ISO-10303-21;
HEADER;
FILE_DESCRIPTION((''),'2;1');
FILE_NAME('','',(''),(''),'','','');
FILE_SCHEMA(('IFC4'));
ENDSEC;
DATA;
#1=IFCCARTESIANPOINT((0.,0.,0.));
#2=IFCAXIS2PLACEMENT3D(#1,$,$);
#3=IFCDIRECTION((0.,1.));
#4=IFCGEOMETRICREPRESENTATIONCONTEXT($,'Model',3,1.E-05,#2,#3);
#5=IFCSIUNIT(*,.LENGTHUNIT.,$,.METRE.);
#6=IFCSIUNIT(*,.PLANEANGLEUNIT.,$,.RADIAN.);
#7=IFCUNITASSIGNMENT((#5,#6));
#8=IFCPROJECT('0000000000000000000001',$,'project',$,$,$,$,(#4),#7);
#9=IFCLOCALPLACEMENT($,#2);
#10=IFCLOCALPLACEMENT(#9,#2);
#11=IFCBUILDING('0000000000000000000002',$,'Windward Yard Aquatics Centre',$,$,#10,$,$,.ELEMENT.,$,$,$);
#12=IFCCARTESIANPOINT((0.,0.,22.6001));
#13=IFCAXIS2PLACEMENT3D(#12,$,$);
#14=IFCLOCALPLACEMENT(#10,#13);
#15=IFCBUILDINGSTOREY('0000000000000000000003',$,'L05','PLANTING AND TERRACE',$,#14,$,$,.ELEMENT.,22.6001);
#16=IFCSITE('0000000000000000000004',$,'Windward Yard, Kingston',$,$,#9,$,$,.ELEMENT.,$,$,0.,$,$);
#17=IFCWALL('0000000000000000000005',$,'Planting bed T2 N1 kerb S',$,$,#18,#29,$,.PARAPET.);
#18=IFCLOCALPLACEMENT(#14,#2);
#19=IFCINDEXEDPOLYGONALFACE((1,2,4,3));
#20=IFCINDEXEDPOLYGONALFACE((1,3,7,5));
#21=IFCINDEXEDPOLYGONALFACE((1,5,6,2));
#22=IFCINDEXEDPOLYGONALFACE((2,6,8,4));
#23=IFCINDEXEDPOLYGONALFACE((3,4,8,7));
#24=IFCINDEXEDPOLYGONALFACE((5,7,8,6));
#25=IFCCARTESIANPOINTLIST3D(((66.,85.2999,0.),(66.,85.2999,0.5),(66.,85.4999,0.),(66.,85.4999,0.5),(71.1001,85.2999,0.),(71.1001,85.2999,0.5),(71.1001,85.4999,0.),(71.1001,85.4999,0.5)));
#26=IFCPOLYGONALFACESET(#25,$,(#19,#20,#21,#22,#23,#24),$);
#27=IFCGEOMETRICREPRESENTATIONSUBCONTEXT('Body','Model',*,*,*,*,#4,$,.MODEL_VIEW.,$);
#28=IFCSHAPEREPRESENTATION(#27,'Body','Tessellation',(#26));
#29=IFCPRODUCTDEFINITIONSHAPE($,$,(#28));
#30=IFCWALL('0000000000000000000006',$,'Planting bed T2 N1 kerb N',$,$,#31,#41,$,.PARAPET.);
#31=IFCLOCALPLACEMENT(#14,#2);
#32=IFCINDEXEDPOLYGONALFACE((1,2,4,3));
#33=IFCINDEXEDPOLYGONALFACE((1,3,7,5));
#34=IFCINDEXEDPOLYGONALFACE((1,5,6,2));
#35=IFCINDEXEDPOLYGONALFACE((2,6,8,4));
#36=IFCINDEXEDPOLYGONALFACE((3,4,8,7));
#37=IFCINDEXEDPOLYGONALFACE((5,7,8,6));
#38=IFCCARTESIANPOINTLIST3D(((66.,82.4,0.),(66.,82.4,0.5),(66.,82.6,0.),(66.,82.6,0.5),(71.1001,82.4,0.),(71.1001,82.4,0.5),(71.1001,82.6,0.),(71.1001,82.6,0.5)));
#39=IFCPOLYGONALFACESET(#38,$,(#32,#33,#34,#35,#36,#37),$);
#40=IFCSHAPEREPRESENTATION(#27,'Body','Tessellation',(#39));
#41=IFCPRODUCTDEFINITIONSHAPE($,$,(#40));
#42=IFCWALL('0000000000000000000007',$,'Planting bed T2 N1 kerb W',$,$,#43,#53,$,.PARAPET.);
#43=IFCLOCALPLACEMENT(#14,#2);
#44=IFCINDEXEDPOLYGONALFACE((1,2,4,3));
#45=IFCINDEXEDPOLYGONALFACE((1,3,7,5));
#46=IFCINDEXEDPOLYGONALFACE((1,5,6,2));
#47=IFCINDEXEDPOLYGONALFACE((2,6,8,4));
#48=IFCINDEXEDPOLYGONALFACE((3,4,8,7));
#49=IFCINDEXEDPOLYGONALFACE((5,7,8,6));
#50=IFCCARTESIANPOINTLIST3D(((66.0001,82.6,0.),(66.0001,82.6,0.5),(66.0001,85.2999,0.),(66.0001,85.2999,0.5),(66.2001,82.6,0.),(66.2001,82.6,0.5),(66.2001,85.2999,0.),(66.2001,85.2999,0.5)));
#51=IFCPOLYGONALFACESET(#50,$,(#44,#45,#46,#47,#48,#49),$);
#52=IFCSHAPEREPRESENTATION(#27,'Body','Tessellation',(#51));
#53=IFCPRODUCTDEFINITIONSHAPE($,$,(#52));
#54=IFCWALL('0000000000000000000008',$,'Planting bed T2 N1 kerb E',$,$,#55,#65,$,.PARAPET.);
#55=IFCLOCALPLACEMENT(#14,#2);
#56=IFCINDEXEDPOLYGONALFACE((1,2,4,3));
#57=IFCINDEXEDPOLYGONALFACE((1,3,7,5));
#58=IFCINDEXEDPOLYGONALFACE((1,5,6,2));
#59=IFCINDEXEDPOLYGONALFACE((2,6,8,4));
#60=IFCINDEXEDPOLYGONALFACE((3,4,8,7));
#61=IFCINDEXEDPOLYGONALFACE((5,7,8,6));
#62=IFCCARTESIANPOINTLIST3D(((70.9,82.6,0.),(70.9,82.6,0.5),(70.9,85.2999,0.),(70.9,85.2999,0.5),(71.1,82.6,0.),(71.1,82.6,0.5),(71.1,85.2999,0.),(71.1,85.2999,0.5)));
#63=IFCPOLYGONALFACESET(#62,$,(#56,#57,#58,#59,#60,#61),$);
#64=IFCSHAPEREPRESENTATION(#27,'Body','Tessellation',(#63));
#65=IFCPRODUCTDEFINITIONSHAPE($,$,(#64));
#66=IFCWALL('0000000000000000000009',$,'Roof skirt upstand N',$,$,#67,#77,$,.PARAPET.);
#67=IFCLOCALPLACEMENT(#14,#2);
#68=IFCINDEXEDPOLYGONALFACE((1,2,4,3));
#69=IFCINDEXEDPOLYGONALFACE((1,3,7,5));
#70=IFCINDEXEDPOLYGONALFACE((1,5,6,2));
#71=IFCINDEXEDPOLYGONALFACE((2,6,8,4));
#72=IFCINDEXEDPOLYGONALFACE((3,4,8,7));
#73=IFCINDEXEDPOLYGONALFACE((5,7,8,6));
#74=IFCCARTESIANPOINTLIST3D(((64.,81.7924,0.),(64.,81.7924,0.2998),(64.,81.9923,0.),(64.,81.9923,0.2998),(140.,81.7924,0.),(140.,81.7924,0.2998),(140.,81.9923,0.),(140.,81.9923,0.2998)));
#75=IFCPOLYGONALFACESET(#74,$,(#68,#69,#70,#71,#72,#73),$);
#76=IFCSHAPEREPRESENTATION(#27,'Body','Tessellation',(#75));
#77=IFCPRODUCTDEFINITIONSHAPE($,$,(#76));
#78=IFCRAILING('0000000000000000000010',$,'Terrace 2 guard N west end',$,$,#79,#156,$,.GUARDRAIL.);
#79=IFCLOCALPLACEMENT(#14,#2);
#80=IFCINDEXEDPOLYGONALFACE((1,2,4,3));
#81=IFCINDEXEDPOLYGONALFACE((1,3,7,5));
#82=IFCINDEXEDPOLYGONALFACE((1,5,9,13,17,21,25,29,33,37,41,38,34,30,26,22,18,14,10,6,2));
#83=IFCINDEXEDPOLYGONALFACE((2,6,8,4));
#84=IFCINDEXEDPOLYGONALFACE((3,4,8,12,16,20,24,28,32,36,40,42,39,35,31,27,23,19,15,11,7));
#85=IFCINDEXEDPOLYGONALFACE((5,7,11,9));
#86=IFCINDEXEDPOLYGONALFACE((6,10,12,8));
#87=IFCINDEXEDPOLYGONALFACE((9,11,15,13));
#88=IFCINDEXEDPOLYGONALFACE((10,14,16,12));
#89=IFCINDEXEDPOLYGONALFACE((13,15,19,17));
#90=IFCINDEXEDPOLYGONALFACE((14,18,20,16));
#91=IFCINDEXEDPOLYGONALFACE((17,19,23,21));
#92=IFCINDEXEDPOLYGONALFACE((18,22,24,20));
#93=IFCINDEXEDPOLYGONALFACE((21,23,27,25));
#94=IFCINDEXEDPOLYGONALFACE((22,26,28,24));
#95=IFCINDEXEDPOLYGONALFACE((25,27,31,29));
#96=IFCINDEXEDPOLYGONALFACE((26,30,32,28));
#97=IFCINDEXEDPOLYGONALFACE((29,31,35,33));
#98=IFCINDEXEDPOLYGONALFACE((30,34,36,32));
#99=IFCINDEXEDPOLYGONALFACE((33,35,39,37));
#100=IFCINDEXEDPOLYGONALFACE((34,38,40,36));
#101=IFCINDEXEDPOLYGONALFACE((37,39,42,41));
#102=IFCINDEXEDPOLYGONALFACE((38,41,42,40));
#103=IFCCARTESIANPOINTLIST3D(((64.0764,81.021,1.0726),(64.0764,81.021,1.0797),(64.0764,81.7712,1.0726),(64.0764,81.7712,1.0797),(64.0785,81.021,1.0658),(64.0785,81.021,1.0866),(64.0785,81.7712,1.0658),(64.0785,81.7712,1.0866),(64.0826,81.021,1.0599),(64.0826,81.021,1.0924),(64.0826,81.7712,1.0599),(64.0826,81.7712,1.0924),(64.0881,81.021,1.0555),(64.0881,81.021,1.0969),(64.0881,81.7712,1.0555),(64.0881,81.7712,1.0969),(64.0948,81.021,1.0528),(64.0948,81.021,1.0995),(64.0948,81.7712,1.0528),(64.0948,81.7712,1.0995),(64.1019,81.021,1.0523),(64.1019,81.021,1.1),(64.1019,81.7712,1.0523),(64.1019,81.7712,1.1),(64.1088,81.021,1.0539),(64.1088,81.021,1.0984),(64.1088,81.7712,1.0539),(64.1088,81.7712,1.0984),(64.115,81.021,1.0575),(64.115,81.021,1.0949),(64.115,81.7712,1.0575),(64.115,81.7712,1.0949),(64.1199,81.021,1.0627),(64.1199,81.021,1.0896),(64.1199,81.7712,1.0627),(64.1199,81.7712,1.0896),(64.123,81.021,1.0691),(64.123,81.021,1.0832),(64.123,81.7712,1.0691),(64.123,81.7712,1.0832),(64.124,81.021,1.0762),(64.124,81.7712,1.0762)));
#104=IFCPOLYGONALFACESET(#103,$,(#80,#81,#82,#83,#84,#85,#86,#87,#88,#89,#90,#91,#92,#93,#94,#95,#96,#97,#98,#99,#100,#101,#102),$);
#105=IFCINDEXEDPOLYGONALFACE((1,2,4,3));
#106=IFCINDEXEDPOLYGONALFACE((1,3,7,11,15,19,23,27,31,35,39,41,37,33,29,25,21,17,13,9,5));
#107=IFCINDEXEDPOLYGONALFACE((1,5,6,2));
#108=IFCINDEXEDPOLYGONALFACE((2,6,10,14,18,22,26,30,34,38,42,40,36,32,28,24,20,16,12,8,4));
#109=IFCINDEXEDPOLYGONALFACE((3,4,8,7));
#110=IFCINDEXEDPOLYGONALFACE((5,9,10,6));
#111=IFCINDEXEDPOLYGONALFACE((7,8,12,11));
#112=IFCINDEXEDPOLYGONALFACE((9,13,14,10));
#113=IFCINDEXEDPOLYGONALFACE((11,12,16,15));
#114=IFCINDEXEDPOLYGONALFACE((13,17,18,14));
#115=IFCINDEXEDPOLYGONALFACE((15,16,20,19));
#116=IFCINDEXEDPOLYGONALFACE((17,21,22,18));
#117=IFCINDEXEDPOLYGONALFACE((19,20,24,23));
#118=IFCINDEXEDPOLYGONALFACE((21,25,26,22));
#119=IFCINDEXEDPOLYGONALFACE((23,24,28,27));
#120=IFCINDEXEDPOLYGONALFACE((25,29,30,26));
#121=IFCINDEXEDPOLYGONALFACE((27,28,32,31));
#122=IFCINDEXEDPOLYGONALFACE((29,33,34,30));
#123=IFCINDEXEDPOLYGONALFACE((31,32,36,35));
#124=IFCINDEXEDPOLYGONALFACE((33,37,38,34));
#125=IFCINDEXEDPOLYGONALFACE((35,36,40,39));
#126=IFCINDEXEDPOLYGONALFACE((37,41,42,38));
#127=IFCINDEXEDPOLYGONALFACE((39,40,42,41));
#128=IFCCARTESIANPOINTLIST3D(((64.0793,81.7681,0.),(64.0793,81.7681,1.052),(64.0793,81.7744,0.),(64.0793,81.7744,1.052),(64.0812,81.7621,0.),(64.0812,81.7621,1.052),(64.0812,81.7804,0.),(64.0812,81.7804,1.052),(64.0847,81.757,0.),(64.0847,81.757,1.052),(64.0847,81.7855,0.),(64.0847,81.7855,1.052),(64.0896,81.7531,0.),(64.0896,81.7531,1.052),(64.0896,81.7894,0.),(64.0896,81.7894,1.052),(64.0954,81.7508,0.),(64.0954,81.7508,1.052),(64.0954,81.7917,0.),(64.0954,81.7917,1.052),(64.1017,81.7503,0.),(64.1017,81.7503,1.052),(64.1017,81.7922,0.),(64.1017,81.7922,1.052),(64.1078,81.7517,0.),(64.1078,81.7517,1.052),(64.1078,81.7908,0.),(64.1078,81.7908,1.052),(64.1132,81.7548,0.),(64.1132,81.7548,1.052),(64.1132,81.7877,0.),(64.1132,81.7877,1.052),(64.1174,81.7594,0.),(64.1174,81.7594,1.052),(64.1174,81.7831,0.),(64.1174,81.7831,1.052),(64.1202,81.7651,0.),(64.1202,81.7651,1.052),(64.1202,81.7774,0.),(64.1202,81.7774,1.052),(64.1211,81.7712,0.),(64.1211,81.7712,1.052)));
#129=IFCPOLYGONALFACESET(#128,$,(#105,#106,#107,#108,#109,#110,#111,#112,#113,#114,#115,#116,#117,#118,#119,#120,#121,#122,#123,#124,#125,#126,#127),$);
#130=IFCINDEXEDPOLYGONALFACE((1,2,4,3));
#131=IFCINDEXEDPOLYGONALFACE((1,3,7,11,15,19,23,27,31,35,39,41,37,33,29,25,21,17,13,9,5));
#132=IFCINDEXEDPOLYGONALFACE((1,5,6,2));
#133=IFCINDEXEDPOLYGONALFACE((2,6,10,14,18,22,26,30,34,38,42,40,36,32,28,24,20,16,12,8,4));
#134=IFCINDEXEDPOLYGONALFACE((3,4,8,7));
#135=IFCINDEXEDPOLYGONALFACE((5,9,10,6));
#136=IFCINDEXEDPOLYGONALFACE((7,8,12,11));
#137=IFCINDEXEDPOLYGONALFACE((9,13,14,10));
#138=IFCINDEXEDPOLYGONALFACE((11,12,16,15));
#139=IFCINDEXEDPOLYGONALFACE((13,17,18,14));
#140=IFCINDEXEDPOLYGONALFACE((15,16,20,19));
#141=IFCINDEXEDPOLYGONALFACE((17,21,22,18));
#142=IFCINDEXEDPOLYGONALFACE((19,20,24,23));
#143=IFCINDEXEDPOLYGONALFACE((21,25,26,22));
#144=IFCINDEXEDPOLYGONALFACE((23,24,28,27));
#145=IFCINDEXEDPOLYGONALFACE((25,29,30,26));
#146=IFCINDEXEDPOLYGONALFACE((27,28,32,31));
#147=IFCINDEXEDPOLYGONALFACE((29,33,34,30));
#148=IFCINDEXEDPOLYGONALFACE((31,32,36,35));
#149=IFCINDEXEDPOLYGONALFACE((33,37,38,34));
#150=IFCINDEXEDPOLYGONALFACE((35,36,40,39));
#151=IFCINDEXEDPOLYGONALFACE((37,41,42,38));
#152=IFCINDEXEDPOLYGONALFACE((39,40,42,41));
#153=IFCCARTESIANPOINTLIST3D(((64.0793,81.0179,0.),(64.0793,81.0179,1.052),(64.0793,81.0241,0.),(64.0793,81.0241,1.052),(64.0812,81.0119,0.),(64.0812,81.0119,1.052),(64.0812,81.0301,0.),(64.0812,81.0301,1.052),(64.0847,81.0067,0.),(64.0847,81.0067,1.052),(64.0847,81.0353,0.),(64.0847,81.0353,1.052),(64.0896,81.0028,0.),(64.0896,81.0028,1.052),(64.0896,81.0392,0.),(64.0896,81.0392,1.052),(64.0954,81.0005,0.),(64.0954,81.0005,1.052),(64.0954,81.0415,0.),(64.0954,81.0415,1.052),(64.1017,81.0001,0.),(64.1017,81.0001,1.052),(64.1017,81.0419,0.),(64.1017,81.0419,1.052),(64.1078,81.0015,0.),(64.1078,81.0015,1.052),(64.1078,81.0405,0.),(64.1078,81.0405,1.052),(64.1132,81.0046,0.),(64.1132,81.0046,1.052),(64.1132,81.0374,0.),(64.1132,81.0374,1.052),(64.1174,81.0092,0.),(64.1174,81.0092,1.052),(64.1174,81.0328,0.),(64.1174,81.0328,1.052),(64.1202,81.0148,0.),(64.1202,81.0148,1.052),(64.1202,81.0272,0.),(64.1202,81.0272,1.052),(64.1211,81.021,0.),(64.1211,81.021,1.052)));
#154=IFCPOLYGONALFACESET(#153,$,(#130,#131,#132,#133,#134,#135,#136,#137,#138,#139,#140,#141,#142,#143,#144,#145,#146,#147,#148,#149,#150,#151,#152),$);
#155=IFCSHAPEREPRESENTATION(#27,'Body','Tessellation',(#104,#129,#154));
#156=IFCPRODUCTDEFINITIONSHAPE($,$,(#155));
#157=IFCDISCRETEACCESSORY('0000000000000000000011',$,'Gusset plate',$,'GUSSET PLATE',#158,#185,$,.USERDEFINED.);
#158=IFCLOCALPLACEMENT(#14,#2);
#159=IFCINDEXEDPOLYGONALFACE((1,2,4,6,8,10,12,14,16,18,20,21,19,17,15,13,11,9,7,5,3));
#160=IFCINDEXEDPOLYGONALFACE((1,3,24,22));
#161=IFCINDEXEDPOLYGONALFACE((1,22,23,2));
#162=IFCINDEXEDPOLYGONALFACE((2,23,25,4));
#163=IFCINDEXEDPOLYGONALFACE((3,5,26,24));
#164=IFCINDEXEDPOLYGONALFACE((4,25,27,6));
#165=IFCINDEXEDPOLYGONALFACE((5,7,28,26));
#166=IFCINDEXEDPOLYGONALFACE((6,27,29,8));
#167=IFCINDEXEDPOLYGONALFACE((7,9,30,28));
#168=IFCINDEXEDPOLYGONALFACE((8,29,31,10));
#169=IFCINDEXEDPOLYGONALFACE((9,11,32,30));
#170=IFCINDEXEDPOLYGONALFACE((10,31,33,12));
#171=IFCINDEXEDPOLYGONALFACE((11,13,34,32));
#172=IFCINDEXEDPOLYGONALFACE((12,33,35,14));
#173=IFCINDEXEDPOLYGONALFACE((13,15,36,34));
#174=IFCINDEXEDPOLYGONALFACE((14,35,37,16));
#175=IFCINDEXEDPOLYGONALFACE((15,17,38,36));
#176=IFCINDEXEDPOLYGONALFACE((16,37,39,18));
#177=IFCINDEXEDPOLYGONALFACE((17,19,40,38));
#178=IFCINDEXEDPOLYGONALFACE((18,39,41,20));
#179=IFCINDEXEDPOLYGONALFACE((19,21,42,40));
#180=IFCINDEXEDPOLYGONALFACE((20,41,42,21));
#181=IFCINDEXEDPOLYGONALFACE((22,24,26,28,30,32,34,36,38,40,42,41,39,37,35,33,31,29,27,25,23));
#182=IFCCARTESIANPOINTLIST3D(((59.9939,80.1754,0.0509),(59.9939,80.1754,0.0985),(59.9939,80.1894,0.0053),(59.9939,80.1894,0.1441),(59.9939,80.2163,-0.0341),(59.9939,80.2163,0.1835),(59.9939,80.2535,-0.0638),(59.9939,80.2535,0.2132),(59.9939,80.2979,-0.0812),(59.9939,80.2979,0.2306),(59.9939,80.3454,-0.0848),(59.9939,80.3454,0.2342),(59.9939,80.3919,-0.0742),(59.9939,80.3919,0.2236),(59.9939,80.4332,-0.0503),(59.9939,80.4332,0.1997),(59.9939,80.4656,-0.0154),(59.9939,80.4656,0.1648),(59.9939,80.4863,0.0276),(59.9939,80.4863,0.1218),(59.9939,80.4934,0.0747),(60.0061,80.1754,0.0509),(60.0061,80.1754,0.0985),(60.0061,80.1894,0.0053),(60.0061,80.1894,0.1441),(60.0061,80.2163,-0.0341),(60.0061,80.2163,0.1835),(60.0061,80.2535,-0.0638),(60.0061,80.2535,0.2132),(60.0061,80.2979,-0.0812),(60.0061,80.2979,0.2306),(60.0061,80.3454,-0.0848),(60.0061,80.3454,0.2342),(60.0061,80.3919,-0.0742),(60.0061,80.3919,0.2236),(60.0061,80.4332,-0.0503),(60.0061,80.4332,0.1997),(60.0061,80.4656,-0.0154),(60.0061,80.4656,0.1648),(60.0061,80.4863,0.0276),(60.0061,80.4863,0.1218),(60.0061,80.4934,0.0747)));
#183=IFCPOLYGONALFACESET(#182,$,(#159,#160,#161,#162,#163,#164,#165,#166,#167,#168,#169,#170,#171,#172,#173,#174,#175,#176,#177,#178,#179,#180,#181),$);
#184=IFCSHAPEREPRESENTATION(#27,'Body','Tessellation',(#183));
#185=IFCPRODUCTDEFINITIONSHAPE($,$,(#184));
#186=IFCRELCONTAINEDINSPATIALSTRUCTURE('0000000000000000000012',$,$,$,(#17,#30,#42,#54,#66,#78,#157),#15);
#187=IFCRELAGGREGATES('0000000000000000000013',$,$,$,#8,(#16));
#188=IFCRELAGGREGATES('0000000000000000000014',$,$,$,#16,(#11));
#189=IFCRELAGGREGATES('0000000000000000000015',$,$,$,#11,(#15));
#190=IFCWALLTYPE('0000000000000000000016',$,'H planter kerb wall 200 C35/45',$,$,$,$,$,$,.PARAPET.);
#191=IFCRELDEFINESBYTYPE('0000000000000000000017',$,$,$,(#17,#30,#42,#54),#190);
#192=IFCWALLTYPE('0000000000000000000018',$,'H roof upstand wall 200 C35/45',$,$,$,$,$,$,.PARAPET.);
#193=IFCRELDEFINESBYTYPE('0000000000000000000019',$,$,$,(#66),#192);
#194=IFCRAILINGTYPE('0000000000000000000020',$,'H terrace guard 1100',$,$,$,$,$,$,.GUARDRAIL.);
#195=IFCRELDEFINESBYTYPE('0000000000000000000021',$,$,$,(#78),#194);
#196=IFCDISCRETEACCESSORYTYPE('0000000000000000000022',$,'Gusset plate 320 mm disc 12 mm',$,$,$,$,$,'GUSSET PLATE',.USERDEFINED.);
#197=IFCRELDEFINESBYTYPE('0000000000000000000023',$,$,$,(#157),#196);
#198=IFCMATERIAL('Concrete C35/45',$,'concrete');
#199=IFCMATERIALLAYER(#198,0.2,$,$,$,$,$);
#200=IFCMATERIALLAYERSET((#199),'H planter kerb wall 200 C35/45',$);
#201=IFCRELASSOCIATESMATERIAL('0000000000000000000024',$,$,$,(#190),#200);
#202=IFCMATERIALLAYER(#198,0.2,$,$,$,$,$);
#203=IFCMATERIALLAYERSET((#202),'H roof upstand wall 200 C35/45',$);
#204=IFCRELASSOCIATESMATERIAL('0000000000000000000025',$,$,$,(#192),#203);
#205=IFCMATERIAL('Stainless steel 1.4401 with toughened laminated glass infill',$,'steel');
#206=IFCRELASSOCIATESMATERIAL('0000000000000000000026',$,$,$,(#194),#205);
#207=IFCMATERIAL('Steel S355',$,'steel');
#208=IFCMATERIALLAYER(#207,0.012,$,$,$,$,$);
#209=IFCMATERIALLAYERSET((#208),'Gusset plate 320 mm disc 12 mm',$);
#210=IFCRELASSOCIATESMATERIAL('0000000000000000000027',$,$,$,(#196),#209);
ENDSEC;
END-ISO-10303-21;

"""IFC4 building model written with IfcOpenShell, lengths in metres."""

from ifc_helpers import new_model, si_unit, direction, frame, frame_2d, origin, origin_2d, place, context, subcontext, project, spatial, rectangle, circle, extrude, material, layer, layer_set, type_object, element, save


model = new_model("IFC4")

# Units and contexts
model_context = context("Model", 3, precision=1e-05, world=origin(), true_north=direction((0.0, 1.0)))
body_context = subcontext(model_context, "Body", "Model", "MODEL_VIEW")
ifc_project = project(units=[si_unit("LENGTHUNIT", "METRE"), si_unit("PLANEANGLEUNIT", "RADIAN")], contexts=[model_context])

# Site, building, storey
site_placement = place(None, origin())
site = spatial("IfcSite", under=ifc_project, at=site_placement, Name="Windward Yard, Kingston", CompositionType="ELEMENT", RefElevation=0.0)
building_placement = place(site_placement, origin())
building = spatial("IfcBuilding", under=site, at=building_placement, Name="Windward Yard Aquatics Centre", CompositionType="ELEMENT")
storey_placement = place(building_placement, frame((0.0, 0.0, 22.6001)))
storey = spatial("IfcBuildingStorey", under=building, at=storey_placement, Name="L05", Description="PLANTING AND TERRACE", CompositionType="ELEMENT", Elevation=22.6001)

# Walls
ifc_material_1 = material(Name="Concrete C35/45", Category="concrete")
ifc_layer_1 = layer(ifc_material_1, 0.2)
ifc_layer_set_1 = layer_set([ifc_layer_1], Name="H planter kerb wall 200 C35/45")
wall_type_1 = type_object("IfcWallType", Name="H planter kerb wall 200 C35/45", PredefinedType="PARAPET", material=ifc_layer_set_1)
for number, where, z_axis, x_axis, name in (
    (1, (66.0, 85.3999, 0.0), (0.0, 0.0, 1.0), (1.0, 0.0, 0.0), "Planting bed T2 N1 kerb S"),
    (2, (66.0, 82.5, 0.0), (0.0, 0.0, 1.0), (1.0, 0.0, 0.0), "Planting bed T2 N1 kerb N"),
):
    element("IfcWall", number, at=place(storey_placement, frame(where, z_axis=z_axis, x_axis=x_axis)), inside=storey, type_object=wall_type_1, Name=name, PredefinedType="PARAPET", context=body_context, shape_type="SweptSolid", body=[
        extrude(rectangle(XDim=5.1001, YDim=0.2, at=frame_2d((2.55, 0.0))), origin(), (0.0, 0.0, 1.0), 0.5),
    ])
for number, where, z_axis, x_axis, name in (
    (3, (66.1001, 85.3, 0.0), (0.0, 0.0, 1.0), (0.0, -1.0, 0.0), "Planting bed T2 N1 kerb W"),
    (4, (71.0, 85.3, 0.0), (0.0, 0.0, 1.0), (0.0, -1.0, 0.0), "Planting bed T2 N1 kerb E"),
):
    element("IfcWall", number, at=place(storey_placement, frame(where, z_axis=z_axis, x_axis=x_axis)), inside=storey, type_object=wall_type_1, Name=name, PredefinedType="PARAPET", context=body_context, shape_type="SweptSolid", body=[
        extrude(rectangle(XDim=2.7, YDim=0.2, at=frame_2d((1.3501, 0.0))), origin(), (0.0, 0.0, 1.0), 0.5),
    ])
ifc_layer_2 = layer(ifc_material_1, 0.2)
ifc_layer_set_2 = layer_set([ifc_layer_2], Name="H roof upstand wall 200 C35/45")
wall_type_2 = type_object("IfcWallType", Name="H roof upstand wall 200 C35/45", PredefinedType="PARAPET", material=ifc_layer_set_2)
wall_placement = place(storey_placement, frame((64.0, 81.8923, 0.0), z_axis=(0.0, 0.0, 1.0), x_axis=(1.0, 0.0, 0.0)))
element("IfcWall", 5, at=wall_placement, inside=storey, type_object=wall_type_2, Name="Roof skirt upstand N", PredefinedType="PARAPET", context=body_context, shape_type="SweptSolid", body=[
    extrude(rectangle(XDim=76.0, YDim=0.2, at=frame_2d((38.0, 0.0))), origin(), (0.0, 0.0, 1.0), 0.2998),
])

# Railing
ifc_material_2 = material(Name="Stainless steel 1.4401 with toughened laminated glass infill", Category="steel")
railing_type = type_object("IfcRailingType", Name="H terrace guard 1100", PredefinedType="GUARDRAIL", material=ifc_material_2)
railing_1_placement = place(storey_placement, frame((64.1001, 81.7712, 0.0)))
element("IfcRailing", 6, at=railing_1_placement, inside=storey, type_object=railing_type, Name="Terrace 2 guard N west end", PredefinedType="GUARDRAIL", context=body_context, shape_type="SweptSolid", body=[
    extrude(circle(Radius=0.0239, at=origin_2d()), frame((0.0, 0.0, 1.0762), z_axis=(0.0, -1.0, 0.0), x_axis=(1.0, 0.0, 0.0)), (0.0, 0.0, 1.0), 0.7502),
    extrude(circle(Radius=0.021, at=origin_2d()), origin(), (0.0, 0.0, 1.0), 1.052),
    extrude(circle(Radius=0.021, at=origin_2d()), frame((0.0, -0.7502, 0.0)), (0.0, 0.0, 1.0), 1.052),
])

# Discrete accessory
ifc_material_3 = material(Name="Steel S355", Category="steel")
ifc_layer_3 = layer(ifc_material_3, 0.012)
ifc_layer_set_3 = layer_set([ifc_layer_3], Name="Gusset plate 320 mm disc 12 mm")
discrete_accessory_type = type_object("IfcDiscreteAccessoryType", Name="Gusset plate 320 mm disc 12 mm", ElementType="GUSSET PLATE", PredefinedType="USERDEFINED", material=ifc_layer_set_3)
discrete_accessory_1_placement = place(storey_placement, frame((59.9939, 80.3335, 0.0747), z_axis=(1.0, 0.0, 0.0), x_axis=(0.0, 1.0, 0.0)))
element("IfcDiscreteAccessory", 7, at=discrete_accessory_1_placement, inside=storey, type_object=discrete_accessory_type, Name="Gusset plate", ObjectType="GUSSET PLATE", PredefinedType="USERDEFINED", context=body_context, shape_type="SweptSolid", body=[
    extrude(circle(Radius=0.1599, at=origin_2d()), origin(), (0.0, 0.0, 1.0), 0.0122),
])

save(model, "model.ifc")
